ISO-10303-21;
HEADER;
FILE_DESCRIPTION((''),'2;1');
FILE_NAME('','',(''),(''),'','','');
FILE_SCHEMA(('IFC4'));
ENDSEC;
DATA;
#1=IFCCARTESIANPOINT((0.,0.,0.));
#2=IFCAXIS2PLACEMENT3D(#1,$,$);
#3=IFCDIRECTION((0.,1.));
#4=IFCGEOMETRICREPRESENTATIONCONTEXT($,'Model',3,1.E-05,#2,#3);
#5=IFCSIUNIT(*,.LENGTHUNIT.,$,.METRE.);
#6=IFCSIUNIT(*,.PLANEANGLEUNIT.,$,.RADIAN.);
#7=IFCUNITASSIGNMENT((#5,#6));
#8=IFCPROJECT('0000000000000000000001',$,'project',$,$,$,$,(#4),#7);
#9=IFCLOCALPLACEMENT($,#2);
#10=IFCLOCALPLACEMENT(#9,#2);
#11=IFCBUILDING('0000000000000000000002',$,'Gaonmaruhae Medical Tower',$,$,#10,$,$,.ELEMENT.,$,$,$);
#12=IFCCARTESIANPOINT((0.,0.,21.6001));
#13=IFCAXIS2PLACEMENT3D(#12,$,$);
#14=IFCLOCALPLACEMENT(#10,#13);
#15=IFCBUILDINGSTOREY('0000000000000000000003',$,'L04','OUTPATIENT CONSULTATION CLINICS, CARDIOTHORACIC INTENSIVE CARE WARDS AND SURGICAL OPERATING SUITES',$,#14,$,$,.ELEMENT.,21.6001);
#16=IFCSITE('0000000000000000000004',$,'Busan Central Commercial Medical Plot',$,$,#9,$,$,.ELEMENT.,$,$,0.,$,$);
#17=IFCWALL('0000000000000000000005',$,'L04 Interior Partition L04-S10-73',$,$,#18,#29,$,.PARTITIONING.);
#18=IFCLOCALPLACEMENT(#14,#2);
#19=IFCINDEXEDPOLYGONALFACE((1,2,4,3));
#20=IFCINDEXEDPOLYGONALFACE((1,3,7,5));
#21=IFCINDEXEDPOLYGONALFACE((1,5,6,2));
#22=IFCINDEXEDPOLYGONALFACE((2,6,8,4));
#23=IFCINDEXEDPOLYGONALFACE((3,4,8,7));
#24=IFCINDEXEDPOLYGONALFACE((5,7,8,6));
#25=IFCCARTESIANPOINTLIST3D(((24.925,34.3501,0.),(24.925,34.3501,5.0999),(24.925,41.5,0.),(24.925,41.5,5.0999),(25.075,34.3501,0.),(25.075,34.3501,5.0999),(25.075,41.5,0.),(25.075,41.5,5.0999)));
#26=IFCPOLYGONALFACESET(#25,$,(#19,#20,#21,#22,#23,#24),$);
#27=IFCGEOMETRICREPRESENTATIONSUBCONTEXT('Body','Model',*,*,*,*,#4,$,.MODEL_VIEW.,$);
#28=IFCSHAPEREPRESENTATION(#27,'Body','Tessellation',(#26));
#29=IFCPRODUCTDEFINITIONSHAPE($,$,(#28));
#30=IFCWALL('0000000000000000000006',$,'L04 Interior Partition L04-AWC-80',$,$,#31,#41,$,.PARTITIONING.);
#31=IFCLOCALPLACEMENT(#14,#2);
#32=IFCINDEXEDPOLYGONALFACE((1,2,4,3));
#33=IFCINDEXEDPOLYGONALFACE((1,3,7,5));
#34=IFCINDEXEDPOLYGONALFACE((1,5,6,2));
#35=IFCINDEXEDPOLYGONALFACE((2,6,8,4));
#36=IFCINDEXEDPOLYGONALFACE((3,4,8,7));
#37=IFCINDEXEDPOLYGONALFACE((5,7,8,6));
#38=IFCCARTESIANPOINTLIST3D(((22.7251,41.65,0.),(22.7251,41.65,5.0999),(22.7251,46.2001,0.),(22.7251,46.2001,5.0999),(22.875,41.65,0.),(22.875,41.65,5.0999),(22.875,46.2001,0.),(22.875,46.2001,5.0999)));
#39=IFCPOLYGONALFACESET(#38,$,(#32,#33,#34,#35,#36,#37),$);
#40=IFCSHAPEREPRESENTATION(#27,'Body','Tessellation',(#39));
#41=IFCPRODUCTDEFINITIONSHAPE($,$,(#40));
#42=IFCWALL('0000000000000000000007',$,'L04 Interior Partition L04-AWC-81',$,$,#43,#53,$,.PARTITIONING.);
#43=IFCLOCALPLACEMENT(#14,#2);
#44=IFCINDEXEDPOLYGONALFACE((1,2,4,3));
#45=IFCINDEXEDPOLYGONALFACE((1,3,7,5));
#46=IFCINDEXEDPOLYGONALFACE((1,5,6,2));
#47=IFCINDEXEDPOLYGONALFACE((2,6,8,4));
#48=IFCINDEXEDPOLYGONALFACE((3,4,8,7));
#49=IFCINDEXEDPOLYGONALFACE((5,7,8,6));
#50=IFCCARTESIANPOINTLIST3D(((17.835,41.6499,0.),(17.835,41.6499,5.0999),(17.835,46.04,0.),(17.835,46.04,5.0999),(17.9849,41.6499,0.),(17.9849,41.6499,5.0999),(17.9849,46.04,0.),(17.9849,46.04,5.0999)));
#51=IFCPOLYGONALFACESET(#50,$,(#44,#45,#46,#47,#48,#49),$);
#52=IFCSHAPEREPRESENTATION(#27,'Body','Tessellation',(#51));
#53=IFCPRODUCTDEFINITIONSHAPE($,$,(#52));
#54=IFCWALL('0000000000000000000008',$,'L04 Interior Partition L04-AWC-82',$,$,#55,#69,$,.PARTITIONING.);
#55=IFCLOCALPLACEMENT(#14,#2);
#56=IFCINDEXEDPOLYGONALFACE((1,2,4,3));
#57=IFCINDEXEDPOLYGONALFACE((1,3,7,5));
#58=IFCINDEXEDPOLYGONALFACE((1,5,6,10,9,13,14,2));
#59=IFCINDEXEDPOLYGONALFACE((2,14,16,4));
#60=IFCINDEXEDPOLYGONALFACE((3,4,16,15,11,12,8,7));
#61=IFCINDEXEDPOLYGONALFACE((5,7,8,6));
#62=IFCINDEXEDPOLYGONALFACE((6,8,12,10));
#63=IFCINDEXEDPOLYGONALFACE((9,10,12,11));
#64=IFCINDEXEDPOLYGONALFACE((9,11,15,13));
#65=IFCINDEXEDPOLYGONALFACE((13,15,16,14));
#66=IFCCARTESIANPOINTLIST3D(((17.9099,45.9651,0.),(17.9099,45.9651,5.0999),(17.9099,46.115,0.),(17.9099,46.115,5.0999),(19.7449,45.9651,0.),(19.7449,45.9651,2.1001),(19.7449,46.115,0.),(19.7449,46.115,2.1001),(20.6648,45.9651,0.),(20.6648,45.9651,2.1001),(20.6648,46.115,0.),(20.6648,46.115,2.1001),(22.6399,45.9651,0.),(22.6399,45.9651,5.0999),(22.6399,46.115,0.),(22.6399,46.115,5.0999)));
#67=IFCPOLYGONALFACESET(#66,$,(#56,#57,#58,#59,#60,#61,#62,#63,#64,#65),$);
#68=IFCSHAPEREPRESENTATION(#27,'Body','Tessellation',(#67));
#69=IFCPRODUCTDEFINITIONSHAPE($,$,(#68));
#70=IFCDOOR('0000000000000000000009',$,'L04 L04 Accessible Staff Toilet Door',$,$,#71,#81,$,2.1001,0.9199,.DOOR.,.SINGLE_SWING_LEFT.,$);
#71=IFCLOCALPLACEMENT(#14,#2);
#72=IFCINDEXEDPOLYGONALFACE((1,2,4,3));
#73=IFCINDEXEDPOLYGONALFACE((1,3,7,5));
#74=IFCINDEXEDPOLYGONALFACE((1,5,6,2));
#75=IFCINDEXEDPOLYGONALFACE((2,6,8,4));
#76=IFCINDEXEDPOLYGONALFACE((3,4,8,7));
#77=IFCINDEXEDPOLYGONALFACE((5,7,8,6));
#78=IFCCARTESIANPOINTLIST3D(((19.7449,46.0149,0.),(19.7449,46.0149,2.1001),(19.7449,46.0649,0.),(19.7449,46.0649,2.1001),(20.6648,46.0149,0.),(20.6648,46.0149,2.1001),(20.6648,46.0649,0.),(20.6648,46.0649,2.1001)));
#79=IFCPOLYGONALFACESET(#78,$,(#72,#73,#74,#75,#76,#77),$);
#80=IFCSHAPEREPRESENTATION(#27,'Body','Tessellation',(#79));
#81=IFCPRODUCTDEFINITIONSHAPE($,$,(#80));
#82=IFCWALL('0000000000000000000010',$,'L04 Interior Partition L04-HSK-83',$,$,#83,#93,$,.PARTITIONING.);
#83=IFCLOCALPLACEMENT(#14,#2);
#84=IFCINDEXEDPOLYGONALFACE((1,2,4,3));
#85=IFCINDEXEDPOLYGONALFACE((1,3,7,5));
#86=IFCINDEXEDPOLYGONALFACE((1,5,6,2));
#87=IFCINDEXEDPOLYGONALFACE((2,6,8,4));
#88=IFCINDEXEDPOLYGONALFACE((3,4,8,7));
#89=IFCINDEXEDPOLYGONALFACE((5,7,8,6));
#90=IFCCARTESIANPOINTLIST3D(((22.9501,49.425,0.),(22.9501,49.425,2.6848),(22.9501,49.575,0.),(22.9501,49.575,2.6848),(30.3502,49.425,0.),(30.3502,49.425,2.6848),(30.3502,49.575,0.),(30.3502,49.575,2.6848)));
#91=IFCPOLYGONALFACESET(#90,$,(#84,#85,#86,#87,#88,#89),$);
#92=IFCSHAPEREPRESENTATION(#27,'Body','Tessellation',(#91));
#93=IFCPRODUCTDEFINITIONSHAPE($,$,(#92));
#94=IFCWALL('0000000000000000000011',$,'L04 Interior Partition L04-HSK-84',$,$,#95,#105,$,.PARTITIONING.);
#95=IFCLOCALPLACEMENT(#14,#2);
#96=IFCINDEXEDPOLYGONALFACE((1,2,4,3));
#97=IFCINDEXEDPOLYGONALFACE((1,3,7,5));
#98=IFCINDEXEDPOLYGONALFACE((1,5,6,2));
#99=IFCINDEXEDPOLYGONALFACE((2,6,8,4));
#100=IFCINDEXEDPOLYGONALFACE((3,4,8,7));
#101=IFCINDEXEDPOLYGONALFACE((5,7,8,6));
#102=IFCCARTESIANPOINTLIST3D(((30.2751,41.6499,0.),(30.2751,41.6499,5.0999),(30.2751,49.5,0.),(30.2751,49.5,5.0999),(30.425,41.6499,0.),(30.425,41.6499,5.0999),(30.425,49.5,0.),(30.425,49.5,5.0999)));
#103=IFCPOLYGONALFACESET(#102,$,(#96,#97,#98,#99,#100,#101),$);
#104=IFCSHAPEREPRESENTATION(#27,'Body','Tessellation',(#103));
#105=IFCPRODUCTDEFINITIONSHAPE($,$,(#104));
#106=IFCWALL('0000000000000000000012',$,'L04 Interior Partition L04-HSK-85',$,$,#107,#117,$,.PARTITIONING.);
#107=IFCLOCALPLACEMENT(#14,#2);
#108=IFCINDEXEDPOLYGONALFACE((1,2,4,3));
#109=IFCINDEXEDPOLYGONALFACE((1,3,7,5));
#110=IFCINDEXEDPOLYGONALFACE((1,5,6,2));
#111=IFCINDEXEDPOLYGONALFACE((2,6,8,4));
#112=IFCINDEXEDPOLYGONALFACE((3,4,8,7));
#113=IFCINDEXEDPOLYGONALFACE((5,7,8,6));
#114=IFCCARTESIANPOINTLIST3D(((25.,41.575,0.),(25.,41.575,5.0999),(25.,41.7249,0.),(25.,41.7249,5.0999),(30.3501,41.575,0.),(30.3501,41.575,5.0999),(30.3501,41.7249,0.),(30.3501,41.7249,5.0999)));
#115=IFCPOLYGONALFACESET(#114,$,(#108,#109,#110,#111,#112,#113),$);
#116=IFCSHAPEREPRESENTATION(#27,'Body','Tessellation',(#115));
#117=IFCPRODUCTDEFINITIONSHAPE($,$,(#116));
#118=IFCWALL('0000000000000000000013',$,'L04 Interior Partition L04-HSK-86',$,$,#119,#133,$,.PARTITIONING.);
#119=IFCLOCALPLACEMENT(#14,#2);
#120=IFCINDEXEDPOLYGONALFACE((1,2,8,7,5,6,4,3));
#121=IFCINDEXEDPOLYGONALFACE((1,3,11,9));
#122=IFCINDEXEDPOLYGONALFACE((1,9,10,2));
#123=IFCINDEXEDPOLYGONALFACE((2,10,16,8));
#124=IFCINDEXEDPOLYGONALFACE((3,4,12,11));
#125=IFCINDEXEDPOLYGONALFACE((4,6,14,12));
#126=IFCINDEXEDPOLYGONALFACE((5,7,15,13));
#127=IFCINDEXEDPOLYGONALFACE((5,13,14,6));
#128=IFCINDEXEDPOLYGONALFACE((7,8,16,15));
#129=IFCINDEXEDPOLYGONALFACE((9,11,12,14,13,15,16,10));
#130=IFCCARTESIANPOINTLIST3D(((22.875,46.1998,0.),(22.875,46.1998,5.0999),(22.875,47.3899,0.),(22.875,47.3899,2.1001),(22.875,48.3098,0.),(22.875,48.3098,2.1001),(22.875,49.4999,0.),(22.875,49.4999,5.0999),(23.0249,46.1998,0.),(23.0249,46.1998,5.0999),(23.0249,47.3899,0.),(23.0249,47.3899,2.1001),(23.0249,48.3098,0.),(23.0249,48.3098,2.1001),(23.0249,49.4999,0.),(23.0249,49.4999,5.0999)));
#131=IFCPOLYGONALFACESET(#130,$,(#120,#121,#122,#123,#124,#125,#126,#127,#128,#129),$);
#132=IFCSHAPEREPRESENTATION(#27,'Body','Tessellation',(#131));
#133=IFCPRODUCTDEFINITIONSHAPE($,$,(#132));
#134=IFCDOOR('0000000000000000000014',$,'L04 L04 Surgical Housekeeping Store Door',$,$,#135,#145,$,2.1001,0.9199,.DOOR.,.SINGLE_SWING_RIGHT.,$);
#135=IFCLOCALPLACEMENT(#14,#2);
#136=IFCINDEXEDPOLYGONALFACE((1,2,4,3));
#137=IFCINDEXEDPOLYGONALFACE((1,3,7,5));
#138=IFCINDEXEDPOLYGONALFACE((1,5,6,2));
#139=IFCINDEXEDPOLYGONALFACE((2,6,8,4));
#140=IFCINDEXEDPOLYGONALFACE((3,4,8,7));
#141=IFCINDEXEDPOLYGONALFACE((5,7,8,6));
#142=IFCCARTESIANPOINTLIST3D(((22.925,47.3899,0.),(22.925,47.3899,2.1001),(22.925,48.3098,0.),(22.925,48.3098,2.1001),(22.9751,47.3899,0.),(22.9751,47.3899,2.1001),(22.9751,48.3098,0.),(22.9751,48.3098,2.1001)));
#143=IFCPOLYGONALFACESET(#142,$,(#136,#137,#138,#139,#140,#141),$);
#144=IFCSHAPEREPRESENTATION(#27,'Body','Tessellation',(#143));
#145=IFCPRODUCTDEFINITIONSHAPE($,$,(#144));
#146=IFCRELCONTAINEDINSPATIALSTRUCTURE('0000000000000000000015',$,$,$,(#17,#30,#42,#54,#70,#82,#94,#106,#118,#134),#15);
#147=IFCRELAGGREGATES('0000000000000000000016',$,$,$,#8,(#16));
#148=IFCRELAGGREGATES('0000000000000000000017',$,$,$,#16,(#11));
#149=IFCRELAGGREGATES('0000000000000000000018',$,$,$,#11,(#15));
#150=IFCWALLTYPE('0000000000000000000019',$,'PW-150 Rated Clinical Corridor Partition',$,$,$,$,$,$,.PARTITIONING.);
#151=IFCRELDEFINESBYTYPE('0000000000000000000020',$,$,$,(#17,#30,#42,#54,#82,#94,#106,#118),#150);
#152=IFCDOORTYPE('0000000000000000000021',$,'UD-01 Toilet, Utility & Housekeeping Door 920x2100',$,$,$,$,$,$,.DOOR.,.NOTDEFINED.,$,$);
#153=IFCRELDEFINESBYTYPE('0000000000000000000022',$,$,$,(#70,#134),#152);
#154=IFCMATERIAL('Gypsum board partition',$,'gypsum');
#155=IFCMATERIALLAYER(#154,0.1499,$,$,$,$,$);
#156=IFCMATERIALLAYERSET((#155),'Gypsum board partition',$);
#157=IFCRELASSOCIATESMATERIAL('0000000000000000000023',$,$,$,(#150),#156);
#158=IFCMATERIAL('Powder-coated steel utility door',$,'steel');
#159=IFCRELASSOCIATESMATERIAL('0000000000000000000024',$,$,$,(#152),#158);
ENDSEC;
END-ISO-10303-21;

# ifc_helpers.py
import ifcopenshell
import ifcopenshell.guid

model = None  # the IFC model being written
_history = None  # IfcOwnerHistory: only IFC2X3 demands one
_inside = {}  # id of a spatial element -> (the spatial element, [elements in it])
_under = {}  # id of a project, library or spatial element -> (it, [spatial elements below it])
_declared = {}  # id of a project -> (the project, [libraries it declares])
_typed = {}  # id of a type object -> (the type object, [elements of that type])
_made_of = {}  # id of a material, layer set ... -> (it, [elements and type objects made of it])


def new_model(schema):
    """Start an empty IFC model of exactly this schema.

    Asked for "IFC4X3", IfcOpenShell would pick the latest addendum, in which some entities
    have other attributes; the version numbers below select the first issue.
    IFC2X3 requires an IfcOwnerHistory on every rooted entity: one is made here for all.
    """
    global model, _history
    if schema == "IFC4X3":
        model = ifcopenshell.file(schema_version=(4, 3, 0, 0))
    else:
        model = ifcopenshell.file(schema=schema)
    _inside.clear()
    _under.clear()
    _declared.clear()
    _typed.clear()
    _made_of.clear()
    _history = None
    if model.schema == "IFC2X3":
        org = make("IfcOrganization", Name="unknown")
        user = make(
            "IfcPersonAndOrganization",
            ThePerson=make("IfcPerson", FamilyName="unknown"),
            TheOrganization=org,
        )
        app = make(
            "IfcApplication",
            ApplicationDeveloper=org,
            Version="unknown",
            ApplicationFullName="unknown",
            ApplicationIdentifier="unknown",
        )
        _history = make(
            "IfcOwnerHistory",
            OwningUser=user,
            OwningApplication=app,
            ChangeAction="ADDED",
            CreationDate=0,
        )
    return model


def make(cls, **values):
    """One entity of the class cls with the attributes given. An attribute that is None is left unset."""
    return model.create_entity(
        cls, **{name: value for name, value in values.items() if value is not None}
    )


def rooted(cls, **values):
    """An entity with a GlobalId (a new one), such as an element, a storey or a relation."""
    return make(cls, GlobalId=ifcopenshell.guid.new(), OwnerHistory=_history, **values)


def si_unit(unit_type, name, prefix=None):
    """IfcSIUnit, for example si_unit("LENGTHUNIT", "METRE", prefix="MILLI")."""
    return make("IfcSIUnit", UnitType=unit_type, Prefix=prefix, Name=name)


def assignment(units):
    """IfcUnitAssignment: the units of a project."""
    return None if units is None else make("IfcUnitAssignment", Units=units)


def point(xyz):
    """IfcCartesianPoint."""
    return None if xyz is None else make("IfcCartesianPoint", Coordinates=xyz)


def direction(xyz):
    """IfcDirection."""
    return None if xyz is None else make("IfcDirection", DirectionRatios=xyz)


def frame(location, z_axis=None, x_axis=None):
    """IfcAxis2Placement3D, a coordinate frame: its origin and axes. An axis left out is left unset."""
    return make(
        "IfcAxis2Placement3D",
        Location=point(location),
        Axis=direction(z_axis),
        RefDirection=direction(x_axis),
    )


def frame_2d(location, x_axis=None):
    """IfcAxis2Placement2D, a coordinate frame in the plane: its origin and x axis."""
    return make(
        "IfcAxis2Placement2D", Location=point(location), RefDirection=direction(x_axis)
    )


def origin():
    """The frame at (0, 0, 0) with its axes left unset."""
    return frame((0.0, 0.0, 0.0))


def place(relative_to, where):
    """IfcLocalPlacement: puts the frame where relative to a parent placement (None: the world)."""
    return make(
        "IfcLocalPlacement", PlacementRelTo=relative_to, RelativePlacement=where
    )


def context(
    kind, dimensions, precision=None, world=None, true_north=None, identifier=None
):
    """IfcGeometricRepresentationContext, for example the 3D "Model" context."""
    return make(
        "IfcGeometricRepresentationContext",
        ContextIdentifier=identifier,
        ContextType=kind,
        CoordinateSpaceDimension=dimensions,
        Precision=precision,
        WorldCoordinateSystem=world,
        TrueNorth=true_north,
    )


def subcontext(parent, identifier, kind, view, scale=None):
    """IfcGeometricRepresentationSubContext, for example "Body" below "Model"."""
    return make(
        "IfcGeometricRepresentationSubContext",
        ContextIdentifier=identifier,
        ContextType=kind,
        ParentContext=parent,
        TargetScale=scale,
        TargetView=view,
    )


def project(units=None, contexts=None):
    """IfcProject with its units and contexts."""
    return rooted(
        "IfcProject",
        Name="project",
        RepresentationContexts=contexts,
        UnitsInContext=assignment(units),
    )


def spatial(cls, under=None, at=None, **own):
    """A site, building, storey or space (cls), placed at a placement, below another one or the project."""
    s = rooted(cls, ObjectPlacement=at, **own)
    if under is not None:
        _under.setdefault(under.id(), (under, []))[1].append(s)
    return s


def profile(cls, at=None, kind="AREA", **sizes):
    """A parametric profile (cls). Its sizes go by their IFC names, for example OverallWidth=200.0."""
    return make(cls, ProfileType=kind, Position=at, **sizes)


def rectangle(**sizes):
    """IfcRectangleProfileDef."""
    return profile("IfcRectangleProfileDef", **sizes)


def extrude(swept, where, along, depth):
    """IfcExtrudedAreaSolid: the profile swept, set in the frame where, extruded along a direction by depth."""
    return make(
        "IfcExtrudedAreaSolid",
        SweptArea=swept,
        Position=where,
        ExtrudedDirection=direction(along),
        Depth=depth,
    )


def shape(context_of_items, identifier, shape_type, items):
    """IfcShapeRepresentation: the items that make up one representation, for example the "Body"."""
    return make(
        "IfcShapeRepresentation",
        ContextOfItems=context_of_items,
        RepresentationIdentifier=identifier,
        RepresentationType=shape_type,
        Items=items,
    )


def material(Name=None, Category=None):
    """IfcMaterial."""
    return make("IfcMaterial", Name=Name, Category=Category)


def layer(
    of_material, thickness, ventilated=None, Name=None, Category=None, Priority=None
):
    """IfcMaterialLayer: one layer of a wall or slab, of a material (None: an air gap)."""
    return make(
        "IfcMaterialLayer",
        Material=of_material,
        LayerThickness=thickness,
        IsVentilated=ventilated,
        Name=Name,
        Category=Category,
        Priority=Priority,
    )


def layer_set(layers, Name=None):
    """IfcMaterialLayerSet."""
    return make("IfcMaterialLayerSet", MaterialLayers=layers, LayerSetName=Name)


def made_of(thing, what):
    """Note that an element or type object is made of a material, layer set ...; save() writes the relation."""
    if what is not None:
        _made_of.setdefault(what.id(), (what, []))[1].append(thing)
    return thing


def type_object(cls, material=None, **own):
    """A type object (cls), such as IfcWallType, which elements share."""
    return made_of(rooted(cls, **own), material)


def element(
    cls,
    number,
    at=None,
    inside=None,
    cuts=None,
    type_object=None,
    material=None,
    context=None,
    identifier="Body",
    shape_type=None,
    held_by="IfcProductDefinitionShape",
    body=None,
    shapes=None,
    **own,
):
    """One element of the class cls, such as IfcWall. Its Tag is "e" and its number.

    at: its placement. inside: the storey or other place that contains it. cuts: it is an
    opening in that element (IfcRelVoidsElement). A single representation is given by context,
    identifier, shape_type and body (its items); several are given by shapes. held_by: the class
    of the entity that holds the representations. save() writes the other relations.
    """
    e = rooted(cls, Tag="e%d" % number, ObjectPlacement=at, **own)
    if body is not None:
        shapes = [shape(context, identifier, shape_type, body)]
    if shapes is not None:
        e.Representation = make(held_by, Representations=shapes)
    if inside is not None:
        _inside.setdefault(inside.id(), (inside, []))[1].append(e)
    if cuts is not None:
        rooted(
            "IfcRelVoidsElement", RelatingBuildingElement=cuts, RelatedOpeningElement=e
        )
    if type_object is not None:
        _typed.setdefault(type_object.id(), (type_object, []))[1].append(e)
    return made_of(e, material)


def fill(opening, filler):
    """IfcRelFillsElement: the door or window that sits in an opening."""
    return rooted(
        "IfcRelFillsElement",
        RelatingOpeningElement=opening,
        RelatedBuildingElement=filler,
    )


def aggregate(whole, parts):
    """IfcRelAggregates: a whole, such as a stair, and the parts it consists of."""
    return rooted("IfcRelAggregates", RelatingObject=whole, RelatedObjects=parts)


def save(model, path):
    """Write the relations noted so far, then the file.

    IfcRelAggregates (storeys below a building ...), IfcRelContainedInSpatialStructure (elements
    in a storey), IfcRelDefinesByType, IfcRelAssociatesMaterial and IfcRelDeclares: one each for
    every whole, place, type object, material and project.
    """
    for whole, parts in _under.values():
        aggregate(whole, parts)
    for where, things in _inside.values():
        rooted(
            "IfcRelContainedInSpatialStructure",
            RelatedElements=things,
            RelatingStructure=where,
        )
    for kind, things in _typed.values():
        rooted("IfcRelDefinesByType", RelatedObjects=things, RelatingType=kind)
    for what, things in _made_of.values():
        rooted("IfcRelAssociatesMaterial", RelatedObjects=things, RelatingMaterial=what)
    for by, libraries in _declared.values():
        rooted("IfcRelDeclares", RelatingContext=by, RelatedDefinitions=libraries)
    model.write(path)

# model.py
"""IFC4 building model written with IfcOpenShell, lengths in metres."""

from ifc_helpers import new_model, si_unit, direction, frame, frame_2d, origin, place, context, subcontext, project, spatial, rectangle, extrude, material, layer, layer_set, type_object, element, fill, save


model = new_model("IFC4")

# Units and contexts
model_context = context("Model", 3, precision=1e-05, world=origin(), true_north=direction((0.0, 1.0)))
body_context = subcontext(model_context, "Body", "Model", "MODEL_VIEW")
ifc_project = project(units=[si_unit("LENGTHUNIT", "METRE"), si_unit("PLANEANGLEUNIT", "RADIAN")], contexts=[model_context])

# Site, building, storey
site_placement = place(None, origin())
site = spatial("IfcSite", under=ifc_project, at=site_placement, Name="Busan Central Commercial Medical Plot", CompositionType="ELEMENT", RefElevation=0.0)
building_placement = place(site_placement, origin())
building = spatial("IfcBuilding", under=site, at=building_placement, Name="Gaonmaruhae Medical Tower", CompositionType="ELEMENT")
storey_placement = place(building_placement, frame((0.0, 0.0, 21.6001)))
storey = spatial("IfcBuildingStorey", under=building, at=storey_placement, Name="L04", Description="OUTPATIENT CONSULTATION CLINICS, CARDIOTHORACIC INTENSIVE CARE WARDS AND SURGICAL OPERATING SUITES", CompositionType="ELEMENT", Elevation=21.6001)

# Walls
ifc_material_1 = material(Name="Gypsum board partition", Category="gypsum")
ifc_layer_1 = layer(ifc_material_1, 0.1499)
ifc_layer_set_1 = layer_set([ifc_layer_1], Name="Gypsum board partition")
wall_type_1 = type_object("IfcWallType", Name="PW-150 Rated Clinical Corridor Partition", PredefinedType="PARTITIONING", material=ifc_layer_set_1)
wall_1_placement = place(storey_placement, frame((25.0, 41.5, 0.0), z_axis=(0.0, 0.0, 1.0), x_axis=(0.0, -1.0, 0.0)))
element("IfcWall", 1, at=wall_1_placement, inside=storey, type_object=wall_type_1, Name="L04 Interior Partition L04-S10-73", PredefinedType="PARTITIONING", context=body_context, shape_type="SweptSolid", body=[
    extrude(rectangle(XDim=7.1499, YDim=0.1499, at=frame_2d((3.575, 0.0))), origin(), (0.0, 0.0, 1.0), 5.0999),
])
wall_2_placement = place(storey_placement, frame((22.8, 46.2, 0.0), z_axis=(0.0, 0.0, 1.0), x_axis=(0.0, -1.0, 0.0)))
element("IfcWall", 2, at=wall_2_placement, inside=storey, type_object=wall_type_1, Name="L04 Interior Partition L04-AWC-80", PredefinedType="PARTITIONING", context=body_context, shape_type="SweptSolid", body=[
    extrude(rectangle(XDim=4.55, YDim=0.1499, at=frame_2d((2.2749, 0.0))), origin(), (0.0, 0.0, 1.0), 5.0999),
])
wall_3_placement = place(storey_placement, frame((17.9099, 41.6499, 0.0), z_axis=(0.0, 0.0, 1.0), x_axis=(0.0, 1.0, 0.0)))
element("IfcWall", 3, at=wall_3_placement, inside=storey, type_object=wall_type_1, Name="L04 Interior Partition L04-AWC-81", PredefinedType="PARTITIONING", context=body_context, shape_type="SweptSolid", body=[
    extrude(rectangle(XDim=4.3901, YDim=0.1499, at=frame_2d((2.1951, 0.0))), origin(), (0.0, 0.0, 1.0), 5.0999),
])

# Wall, opening, door
wall_4_placement = place(storey_placement, frame((17.9099, 46.04, 0.0), z_axis=(0.0, 0.0, 1.0), x_axis=(1.0, 0.0, 0.0)))
wall_4 = element("IfcWall", 4, at=wall_4_placement, inside=storey, type_object=wall_type_1, Name="L04 Interior Partition L04-AWC-82", PredefinedType="PARTITIONING", context=body_context, shape_type="SweptSolid", body=[
    extrude(rectangle(XDim=4.73, YDim=0.1499, at=frame_2d((2.365, 0.0))), origin(), (0.0, 0.0, 1.0), 5.0999),
])
opening_1_placement = place(wall_4_placement, frame((1.835, 0.0, 0.0)))
opening_1 = element("IfcOpeningElement", 5, at=opening_1_placement, cuts=wall_4, PredefinedType="OPENING", context=body_context, shape_type="SweptSolid", body=[
    extrude(rectangle(XDim=0.9199, YDim=2.1001, at=frame_2d((0.46, 1.05))), frame((0.0, 0.085, 0.0), z_axis=(0.0, -1.0, 0.0), x_axis=(1.0, 0.0, 0.0)), (0.0, 0.0, 1.0), 0.1699),
])
ifc_material_2 = material(Name="Powder-coated steel utility door", Category="steel")
door_type = type_object("IfcDoorType", Name="UD-01 Toilet, Utility & Housekeeping Door 920x2100", OperationType="NOTDEFINED", PredefinedType="DOOR", material=ifc_material_2)
door_1_placement = place(opening_1_placement, origin())
door_1 = element("IfcDoor", 6, at=door_1_placement, inside=storey, type_object=door_type, Name="L04 L04 Accessible Staff Toilet Door", OperationType="SINGLE_SWING_LEFT", OverallHeight=2.1001, OverallWidth=0.9199, PredefinedType="DOOR", context=body_context, shape_type="SweptSolid", body=[
    extrude(rectangle(XDim=0.9199, YDim=2.1001, at=frame_2d((0.46, 1.05))), frame((0.0, 0.0249, 0.0), z_axis=(0.0, -1.0, 0.0), x_axis=(1.0, 0.0, 0.0)), (0.0, 0.0, 1.0), 0.05),
])
fill(opening_1, door_1)

# Walls
wall_5_placement = place(storey_placement, frame((22.95, 49.5, 0.0), z_axis=(0.0, 0.0, 1.0), x_axis=(1.0, 0.0, 0.0)))
element("IfcWall", 7, at=wall_5_placement, inside=storey, type_object=wall_type_1, Name="L04 Interior Partition L04-HSK-83", PredefinedType="PARTITIONING", context=body_context, shape_type="SweptSolid", body=[
    extrude(rectangle(XDim=7.4001, YDim=0.1499, at=frame_2d((3.7002, 0.0))), origin(), (0.0, 0.0, 1.0), 2.6848),
])
wall_6_placement = place(storey_placement, frame((30.3501, 49.5, 0.0), z_axis=(0.0, 0.0, 1.0), x_axis=(0.0, -1.0, 0.0)))
element("IfcWall", 8, at=wall_6_placement, inside=storey, type_object=wall_type_1, Name="L04 Interior Partition L04-HSK-84", PredefinedType="PARTITIONING", context=body_context, shape_type="SweptSolid", body=[
    extrude(rectangle(XDim=7.8501, YDim=0.1499, at=frame_2d((3.925, 0.0))), origin(), (0.0, 0.0, 1.0), 5.0999),
])
wall_7_placement = place(storey_placement, frame((30.3501, 41.6499, 0.0), z_axis=(0.0, 0.0, 1.0), x_axis=(-1.0, 0.0, 0.0)))
element("IfcWall", 9, at=wall_7_placement, inside=storey, type_object=wall_type_1, Name="L04 Interior Partition L04-HSK-85", PredefinedType="PARTITIONING", context=body_context, shape_type="SweptSolid", body=[
    extrude(rectangle(XDim=5.3501, YDim=0.1499, at=frame_2d((2.675, 0.0))), origin(), (0.0, 0.0, 1.0), 5.0999),
])

# Wall, opening, door
wall_8_placement = place(storey_placement, frame((22.95, 46.2, 0.0), z_axis=(0.0, 0.0, 1.0), x_axis=(0.0, 1.0, 0.0)))
wall_8 = element("IfcWall", 10, at=wall_8_placement, inside=storey, type_object=wall_type_1, Name="L04 Interior Partition L04-HSK-86", PredefinedType="PARTITIONING", context=body_context, shape_type="SweptSolid", body=[
    extrude(rectangle(XDim=3.3, YDim=0.1499, at=frame_2d((1.6499, 0.0))), origin(), (0.0, 0.0, 1.0), 5.0999),
])
opening_2_placement = place(wall_8_placement, frame((1.1899, 0.0, 0.0)))
opening_2 = element("IfcOpeningElement", 11, at=opening_2_placement, cuts=wall_8, PredefinedType="OPENING", context=body_context, shape_type="SweptSolid", body=[
    extrude(rectangle(XDim=0.9199, YDim=2.1001, at=frame_2d((0.46, 1.05))), frame((0.0, 0.085, 0.0), z_axis=(0.0, -1.0, 0.0), x_axis=(1.0, 0.0, 0.0)), (0.0, 0.0, 1.0), 0.1699),
])
door_2_placement = place(opening_2_placement, origin())
door_2 = element("IfcDoor", 12, at=door_2_placement, inside=storey, type_object=door_type, Name="L04 L04 Surgical Housekeeping Store Door", OperationType="SINGLE_SWING_RIGHT", OverallHeight=2.1001, OverallWidth=0.9199, PredefinedType="DOOR", context=body_context, shape_type="SweptSolid", body=[
    extrude(rectangle(XDim=0.9199, YDim=2.1001, at=frame_2d((0.46, 1.05))), frame((0.0, 0.0249, 0.0), z_axis=(0.0, -1.0, 0.0), x_axis=(1.0, 0.0, 0.0)), (0.0, 0.0, 1.0), 0.05),
])
fill(opening_2, door_2)

save(model, "model.ifc")
